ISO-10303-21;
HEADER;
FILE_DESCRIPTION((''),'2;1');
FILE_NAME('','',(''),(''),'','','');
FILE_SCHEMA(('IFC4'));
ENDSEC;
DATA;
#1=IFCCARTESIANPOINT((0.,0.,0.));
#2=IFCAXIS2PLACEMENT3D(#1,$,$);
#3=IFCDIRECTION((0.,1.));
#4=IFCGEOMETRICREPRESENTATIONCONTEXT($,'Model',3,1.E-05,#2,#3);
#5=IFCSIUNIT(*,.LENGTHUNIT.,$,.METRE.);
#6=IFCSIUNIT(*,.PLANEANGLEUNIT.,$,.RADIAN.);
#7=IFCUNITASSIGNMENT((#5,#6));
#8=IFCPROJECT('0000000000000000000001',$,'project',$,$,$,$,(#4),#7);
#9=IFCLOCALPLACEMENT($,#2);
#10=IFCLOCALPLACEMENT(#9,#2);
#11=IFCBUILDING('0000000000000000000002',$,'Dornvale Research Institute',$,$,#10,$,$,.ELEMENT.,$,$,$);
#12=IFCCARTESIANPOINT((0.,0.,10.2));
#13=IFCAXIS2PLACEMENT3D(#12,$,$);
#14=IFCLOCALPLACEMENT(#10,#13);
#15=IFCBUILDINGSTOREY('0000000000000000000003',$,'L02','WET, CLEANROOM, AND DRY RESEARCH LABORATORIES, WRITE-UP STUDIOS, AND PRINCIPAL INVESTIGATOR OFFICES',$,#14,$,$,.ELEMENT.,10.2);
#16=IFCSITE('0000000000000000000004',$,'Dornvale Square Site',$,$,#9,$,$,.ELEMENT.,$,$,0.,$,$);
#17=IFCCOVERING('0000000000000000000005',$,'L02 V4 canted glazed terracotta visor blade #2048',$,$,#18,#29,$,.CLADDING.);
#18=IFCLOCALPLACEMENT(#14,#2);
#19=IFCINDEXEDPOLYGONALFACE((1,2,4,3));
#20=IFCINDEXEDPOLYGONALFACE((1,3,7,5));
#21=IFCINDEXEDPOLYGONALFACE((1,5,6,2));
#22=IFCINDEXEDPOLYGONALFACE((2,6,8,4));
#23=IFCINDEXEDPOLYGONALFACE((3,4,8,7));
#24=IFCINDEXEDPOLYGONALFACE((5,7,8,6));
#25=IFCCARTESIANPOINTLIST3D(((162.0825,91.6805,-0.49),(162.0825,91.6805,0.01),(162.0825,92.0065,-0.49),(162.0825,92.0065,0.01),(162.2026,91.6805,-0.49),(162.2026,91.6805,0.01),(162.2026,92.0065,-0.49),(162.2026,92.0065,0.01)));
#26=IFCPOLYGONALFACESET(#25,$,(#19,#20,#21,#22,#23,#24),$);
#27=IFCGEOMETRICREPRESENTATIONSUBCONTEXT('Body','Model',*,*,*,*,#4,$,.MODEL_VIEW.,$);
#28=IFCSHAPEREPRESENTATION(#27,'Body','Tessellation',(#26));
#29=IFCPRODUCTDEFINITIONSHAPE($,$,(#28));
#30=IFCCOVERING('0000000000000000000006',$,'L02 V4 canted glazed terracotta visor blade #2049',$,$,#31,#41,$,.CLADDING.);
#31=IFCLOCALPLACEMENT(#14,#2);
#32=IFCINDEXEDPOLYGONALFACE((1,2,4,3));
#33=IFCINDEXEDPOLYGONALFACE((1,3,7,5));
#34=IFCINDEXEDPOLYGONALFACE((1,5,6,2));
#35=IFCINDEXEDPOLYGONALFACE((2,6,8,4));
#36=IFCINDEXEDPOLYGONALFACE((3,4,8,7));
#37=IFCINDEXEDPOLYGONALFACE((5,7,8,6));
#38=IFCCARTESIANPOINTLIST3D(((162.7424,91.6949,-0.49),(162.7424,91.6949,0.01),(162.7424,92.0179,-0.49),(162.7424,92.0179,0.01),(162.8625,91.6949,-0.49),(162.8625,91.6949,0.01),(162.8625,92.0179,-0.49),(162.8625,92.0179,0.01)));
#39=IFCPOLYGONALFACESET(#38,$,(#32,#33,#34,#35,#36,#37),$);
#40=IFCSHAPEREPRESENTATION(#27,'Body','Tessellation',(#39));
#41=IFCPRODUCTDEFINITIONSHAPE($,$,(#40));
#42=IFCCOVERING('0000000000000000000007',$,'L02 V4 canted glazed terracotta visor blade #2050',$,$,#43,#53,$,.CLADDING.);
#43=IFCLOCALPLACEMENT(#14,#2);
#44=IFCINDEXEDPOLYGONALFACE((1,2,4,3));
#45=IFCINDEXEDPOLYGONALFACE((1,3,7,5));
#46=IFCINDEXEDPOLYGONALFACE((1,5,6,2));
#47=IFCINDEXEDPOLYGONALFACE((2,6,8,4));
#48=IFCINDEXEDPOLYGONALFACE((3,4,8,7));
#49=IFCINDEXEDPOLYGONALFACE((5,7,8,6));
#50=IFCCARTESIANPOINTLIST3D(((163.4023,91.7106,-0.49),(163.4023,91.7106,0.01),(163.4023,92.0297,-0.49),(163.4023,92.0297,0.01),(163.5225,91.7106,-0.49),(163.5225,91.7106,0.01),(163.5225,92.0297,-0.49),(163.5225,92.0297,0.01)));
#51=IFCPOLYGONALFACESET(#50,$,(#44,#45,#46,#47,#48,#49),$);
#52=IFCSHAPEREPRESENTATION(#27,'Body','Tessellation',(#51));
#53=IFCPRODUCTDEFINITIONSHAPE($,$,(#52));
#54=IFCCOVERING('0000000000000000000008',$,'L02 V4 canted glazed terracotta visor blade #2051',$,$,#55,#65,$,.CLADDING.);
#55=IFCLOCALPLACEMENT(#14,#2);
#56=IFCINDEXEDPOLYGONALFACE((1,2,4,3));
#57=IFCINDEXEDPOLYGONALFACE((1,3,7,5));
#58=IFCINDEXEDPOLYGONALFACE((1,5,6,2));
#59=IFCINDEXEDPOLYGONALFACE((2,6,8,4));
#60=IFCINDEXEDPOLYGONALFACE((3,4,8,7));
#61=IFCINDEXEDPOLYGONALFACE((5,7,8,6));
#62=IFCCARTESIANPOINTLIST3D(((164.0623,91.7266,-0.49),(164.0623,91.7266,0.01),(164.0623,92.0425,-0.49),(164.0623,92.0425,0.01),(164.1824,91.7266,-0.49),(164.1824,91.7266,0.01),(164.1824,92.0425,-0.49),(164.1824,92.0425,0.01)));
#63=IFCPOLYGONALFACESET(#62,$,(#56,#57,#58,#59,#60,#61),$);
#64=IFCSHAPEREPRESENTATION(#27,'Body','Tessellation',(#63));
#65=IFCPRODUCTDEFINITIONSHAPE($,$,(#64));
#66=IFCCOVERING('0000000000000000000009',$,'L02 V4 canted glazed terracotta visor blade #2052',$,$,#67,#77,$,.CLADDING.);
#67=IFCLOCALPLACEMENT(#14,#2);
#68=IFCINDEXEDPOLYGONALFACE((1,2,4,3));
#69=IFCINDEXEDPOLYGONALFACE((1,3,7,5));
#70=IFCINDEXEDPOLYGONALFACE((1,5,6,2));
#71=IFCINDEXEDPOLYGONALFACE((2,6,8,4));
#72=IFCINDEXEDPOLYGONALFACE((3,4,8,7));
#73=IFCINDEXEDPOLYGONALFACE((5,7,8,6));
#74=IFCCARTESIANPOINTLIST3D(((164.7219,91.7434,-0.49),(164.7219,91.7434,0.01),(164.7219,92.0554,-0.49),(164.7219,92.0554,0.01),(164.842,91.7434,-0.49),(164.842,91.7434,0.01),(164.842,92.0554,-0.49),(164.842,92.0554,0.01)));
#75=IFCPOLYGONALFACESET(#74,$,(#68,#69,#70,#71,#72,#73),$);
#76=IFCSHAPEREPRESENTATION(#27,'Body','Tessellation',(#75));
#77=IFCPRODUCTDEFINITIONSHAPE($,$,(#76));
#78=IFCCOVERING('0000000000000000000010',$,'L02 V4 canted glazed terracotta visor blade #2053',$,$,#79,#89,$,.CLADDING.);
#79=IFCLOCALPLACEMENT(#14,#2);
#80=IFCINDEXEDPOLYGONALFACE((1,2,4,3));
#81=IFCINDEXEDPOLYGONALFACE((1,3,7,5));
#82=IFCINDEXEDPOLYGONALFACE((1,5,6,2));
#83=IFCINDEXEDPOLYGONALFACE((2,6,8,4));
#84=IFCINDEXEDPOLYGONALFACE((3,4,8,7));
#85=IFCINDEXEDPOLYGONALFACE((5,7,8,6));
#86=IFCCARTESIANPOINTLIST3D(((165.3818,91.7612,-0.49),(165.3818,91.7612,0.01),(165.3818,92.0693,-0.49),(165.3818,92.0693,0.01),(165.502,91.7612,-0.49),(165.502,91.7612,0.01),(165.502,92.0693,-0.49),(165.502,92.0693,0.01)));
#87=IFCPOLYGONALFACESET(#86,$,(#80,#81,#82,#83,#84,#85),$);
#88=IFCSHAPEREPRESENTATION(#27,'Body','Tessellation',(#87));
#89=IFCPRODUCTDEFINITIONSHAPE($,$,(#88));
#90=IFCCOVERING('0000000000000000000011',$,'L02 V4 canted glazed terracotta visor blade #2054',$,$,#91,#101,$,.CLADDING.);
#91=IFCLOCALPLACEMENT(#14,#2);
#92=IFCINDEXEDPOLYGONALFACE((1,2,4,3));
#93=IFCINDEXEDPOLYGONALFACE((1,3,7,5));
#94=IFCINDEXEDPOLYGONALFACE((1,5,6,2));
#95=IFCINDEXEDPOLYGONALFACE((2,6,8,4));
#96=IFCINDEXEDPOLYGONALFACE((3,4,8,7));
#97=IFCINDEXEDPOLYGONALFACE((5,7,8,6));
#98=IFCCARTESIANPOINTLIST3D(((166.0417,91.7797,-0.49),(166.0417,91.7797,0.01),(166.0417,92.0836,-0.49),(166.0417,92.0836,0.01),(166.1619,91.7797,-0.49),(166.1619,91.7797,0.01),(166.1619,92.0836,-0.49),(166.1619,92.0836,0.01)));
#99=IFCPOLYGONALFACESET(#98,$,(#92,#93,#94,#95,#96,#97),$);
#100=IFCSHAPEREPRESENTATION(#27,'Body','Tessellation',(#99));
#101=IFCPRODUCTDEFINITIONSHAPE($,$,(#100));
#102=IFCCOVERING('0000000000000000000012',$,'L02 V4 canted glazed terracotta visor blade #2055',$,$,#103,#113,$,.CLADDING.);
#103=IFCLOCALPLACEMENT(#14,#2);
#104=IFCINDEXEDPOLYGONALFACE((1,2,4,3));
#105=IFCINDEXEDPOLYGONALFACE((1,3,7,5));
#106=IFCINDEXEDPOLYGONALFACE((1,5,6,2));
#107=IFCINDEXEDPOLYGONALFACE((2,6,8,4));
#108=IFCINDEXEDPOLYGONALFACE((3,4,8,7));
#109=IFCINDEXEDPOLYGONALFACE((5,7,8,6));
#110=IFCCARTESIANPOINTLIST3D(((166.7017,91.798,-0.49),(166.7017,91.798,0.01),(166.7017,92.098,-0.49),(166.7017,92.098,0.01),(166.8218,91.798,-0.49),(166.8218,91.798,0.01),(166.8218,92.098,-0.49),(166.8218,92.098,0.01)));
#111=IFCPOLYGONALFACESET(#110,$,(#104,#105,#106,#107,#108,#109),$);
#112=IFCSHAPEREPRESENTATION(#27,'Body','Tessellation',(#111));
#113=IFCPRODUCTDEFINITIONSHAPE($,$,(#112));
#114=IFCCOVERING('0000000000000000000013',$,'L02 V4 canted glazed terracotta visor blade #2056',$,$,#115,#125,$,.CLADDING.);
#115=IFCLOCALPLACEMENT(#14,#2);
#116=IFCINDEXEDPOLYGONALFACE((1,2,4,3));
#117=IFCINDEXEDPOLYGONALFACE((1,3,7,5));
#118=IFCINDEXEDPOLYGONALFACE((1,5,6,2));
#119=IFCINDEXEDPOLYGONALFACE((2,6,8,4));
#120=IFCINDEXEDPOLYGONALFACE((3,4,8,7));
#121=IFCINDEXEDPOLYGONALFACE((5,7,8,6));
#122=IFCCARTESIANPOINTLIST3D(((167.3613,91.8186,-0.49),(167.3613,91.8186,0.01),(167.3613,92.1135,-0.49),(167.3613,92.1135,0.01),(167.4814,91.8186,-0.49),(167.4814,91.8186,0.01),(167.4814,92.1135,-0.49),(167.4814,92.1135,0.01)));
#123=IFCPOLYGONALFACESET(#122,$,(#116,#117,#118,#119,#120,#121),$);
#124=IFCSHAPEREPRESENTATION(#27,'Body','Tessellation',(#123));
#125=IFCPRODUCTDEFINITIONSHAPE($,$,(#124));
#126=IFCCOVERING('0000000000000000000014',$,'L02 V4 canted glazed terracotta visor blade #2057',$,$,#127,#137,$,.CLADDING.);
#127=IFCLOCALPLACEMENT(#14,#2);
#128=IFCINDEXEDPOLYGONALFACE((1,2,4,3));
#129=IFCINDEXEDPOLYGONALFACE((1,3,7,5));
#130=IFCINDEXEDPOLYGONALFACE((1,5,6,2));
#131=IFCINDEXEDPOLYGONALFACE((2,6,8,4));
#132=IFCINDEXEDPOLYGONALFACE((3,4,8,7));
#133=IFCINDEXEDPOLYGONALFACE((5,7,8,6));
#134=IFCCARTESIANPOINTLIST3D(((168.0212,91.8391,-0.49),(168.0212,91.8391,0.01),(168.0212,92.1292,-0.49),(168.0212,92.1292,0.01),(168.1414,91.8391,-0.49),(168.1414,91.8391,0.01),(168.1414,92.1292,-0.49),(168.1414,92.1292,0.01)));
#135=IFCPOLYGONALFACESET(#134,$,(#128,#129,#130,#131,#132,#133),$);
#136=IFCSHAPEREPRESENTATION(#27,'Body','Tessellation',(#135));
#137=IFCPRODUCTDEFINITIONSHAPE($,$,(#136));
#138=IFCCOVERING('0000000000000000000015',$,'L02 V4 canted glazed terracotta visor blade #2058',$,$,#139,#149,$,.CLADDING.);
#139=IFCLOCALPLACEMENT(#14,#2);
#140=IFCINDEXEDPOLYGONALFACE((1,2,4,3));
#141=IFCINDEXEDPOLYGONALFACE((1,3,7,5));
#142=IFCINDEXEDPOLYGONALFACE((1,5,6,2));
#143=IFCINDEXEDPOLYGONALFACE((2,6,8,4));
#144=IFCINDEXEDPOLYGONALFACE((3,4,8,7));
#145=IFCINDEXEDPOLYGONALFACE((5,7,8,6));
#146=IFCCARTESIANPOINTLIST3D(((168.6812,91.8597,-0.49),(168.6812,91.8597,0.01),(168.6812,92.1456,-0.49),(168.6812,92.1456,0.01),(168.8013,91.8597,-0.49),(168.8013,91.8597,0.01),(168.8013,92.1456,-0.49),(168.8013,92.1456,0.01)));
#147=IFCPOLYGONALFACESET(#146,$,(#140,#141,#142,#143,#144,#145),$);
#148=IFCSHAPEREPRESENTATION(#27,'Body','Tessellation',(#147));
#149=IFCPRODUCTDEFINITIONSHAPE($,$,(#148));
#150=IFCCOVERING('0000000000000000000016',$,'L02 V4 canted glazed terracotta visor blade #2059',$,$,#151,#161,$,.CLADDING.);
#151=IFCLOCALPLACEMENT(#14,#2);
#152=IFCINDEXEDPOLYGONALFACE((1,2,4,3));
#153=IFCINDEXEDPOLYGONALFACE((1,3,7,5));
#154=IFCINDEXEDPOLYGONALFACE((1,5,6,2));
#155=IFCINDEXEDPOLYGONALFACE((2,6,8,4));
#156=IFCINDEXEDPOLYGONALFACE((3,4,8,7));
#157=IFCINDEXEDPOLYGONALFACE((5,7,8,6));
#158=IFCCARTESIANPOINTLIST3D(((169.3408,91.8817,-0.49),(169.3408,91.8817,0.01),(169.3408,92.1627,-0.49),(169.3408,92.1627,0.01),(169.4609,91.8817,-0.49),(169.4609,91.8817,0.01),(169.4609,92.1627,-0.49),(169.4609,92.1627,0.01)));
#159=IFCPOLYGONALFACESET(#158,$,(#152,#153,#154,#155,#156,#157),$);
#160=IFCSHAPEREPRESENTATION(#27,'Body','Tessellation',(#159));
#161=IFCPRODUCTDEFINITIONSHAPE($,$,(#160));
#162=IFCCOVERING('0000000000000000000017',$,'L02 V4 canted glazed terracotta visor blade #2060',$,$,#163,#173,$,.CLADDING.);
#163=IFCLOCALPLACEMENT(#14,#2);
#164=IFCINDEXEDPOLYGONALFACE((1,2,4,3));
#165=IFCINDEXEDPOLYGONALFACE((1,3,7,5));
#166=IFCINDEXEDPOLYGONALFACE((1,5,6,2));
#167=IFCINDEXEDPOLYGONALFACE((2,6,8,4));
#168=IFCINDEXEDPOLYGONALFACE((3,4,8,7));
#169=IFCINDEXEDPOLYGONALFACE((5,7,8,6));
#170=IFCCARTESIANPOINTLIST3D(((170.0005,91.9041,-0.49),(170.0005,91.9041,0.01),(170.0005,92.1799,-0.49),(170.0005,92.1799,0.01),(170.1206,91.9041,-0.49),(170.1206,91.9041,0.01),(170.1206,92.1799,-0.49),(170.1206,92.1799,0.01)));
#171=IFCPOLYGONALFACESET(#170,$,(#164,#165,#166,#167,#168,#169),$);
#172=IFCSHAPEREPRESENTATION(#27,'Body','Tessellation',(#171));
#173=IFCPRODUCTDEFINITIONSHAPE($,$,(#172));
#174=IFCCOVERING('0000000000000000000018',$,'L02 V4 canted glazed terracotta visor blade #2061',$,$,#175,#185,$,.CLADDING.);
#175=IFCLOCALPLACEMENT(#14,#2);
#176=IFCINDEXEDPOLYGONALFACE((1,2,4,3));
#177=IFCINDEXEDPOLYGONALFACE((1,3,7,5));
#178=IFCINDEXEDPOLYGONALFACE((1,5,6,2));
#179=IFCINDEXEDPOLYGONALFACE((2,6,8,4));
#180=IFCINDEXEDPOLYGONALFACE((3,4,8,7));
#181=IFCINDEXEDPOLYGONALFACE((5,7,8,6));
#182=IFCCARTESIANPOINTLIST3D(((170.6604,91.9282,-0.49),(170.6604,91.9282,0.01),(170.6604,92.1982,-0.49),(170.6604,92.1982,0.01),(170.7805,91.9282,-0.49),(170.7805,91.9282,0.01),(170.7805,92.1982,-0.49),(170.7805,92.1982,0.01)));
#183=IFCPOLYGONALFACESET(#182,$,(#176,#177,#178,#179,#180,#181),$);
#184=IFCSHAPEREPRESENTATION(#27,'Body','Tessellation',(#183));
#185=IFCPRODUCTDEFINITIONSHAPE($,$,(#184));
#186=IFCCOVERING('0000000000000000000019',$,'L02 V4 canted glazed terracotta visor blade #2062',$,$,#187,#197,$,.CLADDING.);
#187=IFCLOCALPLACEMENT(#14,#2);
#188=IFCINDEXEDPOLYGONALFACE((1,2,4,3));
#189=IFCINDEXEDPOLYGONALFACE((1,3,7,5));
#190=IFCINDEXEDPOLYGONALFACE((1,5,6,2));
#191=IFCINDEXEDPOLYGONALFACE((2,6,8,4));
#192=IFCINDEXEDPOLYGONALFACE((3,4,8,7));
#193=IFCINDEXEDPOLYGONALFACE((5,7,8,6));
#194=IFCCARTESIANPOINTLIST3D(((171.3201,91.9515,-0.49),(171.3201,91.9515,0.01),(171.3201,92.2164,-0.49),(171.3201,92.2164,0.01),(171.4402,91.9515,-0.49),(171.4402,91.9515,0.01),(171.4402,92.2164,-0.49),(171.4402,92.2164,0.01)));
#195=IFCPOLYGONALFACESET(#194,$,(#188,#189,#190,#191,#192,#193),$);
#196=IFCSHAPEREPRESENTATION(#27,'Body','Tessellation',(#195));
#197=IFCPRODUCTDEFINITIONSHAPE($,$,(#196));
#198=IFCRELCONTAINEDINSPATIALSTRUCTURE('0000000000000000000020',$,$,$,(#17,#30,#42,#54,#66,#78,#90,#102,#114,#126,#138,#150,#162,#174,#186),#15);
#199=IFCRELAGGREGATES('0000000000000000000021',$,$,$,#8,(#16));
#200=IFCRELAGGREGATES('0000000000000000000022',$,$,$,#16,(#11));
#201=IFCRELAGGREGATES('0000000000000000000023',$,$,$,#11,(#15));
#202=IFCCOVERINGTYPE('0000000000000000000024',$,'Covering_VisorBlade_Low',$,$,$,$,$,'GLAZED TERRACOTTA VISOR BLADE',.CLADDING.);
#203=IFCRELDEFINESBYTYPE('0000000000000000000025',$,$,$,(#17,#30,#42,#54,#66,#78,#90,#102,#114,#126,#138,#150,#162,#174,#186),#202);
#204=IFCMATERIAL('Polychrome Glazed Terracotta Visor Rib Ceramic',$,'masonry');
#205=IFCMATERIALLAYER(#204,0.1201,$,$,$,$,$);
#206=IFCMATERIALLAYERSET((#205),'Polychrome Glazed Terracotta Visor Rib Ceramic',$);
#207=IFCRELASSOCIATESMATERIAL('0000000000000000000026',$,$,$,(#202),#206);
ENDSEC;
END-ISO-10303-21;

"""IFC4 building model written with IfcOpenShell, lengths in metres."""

from ifc_helpers import new_model, si_unit, direction, frame, origin, origin_2d, place, context, subcontext, project, spatial, rectangle, extrude, material, layer, layer_set, type_object, element, save


model = new_model("IFC4")

# Units and contexts
model_context = context("Model", 3, precision=1e-05, world=origin(), true_north=direction((0.0, 1.0)))
body_context = subcontext(model_context, "Body", "Model", "MODEL_VIEW")
ifc_project = project(units=[si_unit("LENGTHUNIT", "METRE"), si_unit("PLANEANGLEUNIT", "RADIAN")], contexts=[model_context])

# Site, building, storey
site_placement = place(None, origin())
site = spatial("IfcSite", under=ifc_project, at=site_placement, Name="Dornvale Square Site", CompositionType="ELEMENT", RefElevation=0.0)
building_placement = place(site_placement, origin())
building = spatial("IfcBuilding", under=site, at=building_placement, Name="Dornvale Research Institute", CompositionType="ELEMENT")
storey_placement = place(building_placement, frame((0.0, 0.0, 10.2)))
storey = spatial("IfcBuildingStorey", under=building, at=storey_placement, Name="L02", Description="WET, CLEANROOM, AND DRY RESEARCH LABORATORIES, WRITE-UP STUDIOS, AND PRINCIPAL INVESTIGATOR OFFICES", CompositionType="ELEMENT", Elevation=10.2)

# Coverings
ifc_material = material(Name="Polychrome Glazed Terracotta Visor Rib Ceramic", Category="masonry")
ifc_layer = layer(ifc_material, 0.1201)
ifc_layer_set = layer_set([ifc_layer], Name="Polychrome Glazed Terracotta Visor Rib Ceramic")
covering_type = type_object("IfcCoveringType", Name="Covering_VisorBlade_Low", ElementType="GLAZED TERRACOTTA VISOR BLADE", PredefinedType="CLADDING", material=ifc_layer_set)
covering_1_placement = place(storey_placement, frame((162.1426, 91.8435, -0.49), z_axis=(0.0, 0.0, 1.0), x_axis=(0.0, 1.0, 0.0)))
element("IfcCovering", 1, at=covering_1_placement, inside=storey, type_object=covering_type, Name="L02 V4 canted glazed terracotta visor blade #2048", PredefinedType="CLADDING", context=body_context, shape_type="SweptSolid", body=[
    extrude(rectangle(XDim=0.3259, YDim=0.1201, at=origin_2d()), origin(), (0.0, 0.0, 1.0), 0.5),
])
covering_2_placement = place(storey_placement, frame((162.8025, 91.8564, -0.49), z_axis=(0.0, 0.0, 1.0), x_axis=(0.0, 1.0, 0.0)))
element("IfcCovering", 2, at=covering_2_placement, inside=storey, type_object=covering_type, Name="L02 V4 canted glazed terracotta visor blade #2049", PredefinedType="CLADDING", context=body_context, shape_type="SweptSolid", body=[
    extrude(rectangle(XDim=0.323, YDim=0.1201, at=origin_2d()), origin(), (0.0, 0.0, 1.0), 0.5),
])
covering_3_placement = place(storey_placement, frame((163.4624, 91.8701, -0.49), z_axis=(0.0, 0.0, 1.0), x_axis=(0.0, 1.0, 0.0)))
element("IfcCovering", 3, at=covering_3_placement, inside=storey, type_object=covering_type, Name="L02 V4 canted glazed terracotta visor blade #2050", PredefinedType="CLADDING", context=body_context, shape_type="SweptSolid", body=[
    extrude(rectangle(XDim=0.3191, YDim=0.1201, at=origin_2d()), origin(), (0.0, 0.0, 1.0), 0.5),
])
covering_4_placement = place(storey_placement, frame((164.1223, 91.8845, -0.49), z_axis=(0.0, 0.0, 1.0), x_axis=(0.0, 1.0, 0.0)))
element("IfcCovering", 4, at=covering_4_placement, inside=storey, type_object=covering_type, Name="L02 V4 canted glazed terracotta visor blade #2051", PredefinedType="CLADDING", context=body_context, shape_type="SweptSolid", body=[
    extrude(rectangle(XDim=0.3159, YDim=0.1201, at=origin_2d()), origin(), (0.0, 0.0, 1.0), 0.5),
])
covering_5_placement = place(storey_placement, frame((164.782, 91.8994, -0.49), z_axis=(0.0, 0.0, 1.0), x_axis=(0.0, 1.0, 0.0)))
element("IfcCovering", 5, at=covering_5_placement, inside=storey, type_object=covering_type, Name="L02 V4 canted glazed terracotta visor blade #2052", PredefinedType="CLADDING", context=body_context, shape_type="SweptSolid", body=[
    extrude(rectangle(XDim=0.312, YDim=0.1201, at=origin_2d()), origin(), (0.0, 0.0, 1.0), 0.5),
])
covering_6_placement = place(storey_placement, frame((165.4419, 91.9153, -0.49), z_axis=(0.0, 0.0, 1.0), x_axis=(0.0, 1.0, 0.0)))
element("IfcCovering", 6, at=covering_6_placement, inside=storey, type_object=covering_type, Name="L02 V4 canted glazed terracotta visor blade #2053", PredefinedType="CLADDING", context=body_context, shape_type="SweptSolid", body=[
    extrude(rectangle(XDim=0.3081, YDim=0.1201, at=origin_2d()), origin(), (0.0, 0.0, 1.0), 0.5),
])
covering_7_placement = place(storey_placement, frame((166.1018, 91.9316, -0.49), z_axis=(0.0, 0.0, 1.0), x_axis=(0.0, 1.0, 0.0)))
element("IfcCovering", 7, at=covering_7_placement, inside=storey, type_object=covering_type, Name="L02 V4 canted glazed terracotta visor blade #2054", PredefinedType="CLADDING", context=body_context, shape_type="SweptSolid", body=[
    extrude(rectangle(XDim=0.304, YDim=0.1201, at=origin_2d()), origin(), (0.0, 0.0, 1.0), 0.5),
])
covering_8_placement = place(storey_placement, frame((166.7617, 91.948, -0.49), z_axis=(0.0, 0.0, 1.0), x_axis=(0.0, 1.0, 0.0)))
element("IfcCovering", 8, at=covering_8_placement, inside=storey, type_object=covering_type, Name="L02 V4 canted glazed terracotta visor blade #2055", PredefinedType="CLADDING", context=body_context, shape_type="SweptSolid", body=[
    extrude(rectangle(XDim=0.3, YDim=0.1201, at=origin_2d()), origin(), (0.0, 0.0, 1.0), 0.5),
])
covering_9_placement = place(storey_placement, frame((167.4214, 91.9661, -0.49), z_axis=(0.0, 0.0, 1.0), x_axis=(0.0, 1.0, 0.0)))
element("IfcCovering", 9, at=covering_9_placement, inside=storey, type_object=covering_type, Name="L02 V4 canted glazed terracotta visor blade #2056", PredefinedType="CLADDING", context=body_context, shape_type="SweptSolid", body=[
    extrude(rectangle(XDim=0.2949, YDim=0.1201, at=origin_2d()), origin(), (0.0, 0.0, 1.0), 0.5),
])
covering_10_placement = place(storey_placement, frame((168.0813, 91.9841, -0.49), z_axis=(0.0, 0.0, 1.0), x_axis=(0.0, 1.0, 0.0)))
element("IfcCovering", 10, at=covering_10_placement, inside=storey, type_object=covering_type, Name="L02 V4 canted glazed terracotta visor blade #2057", PredefinedType="CLADDING", context=body_context, shape_type="SweptSolid", body=[
    extrude(rectangle(XDim=0.29, YDim=0.1201, at=origin_2d()), origin(), (0.0, 0.0, 1.0), 0.5),
])
covering_11_placement = place(storey_placement, frame((168.7412, 92.0027, -0.49), z_axis=(0.0, 0.0, 1.0), x_axis=(0.0, 1.0, 0.0)))
element("IfcCovering", 11, at=covering_11_placement, inside=storey, type_object=covering_type, Name="L02 V4 canted glazed terracotta visor blade #2058", PredefinedType="CLADDING", context=body_context, shape_type="SweptSolid", body=[
    extrude(rectangle(XDim=0.2859, YDim=0.1201, at=origin_2d()), origin(), (0.0, 0.0, 1.0), 0.5),
])
covering_12_placement = place(storey_placement, frame((169.4009, 92.0222, -0.49), z_axis=(0.0, 0.0, 1.0), x_axis=(0.0, 1.0, 0.0)))
element("IfcCovering", 12, at=covering_12_placement, inside=storey, type_object=covering_type, Name="L02 V4 canted glazed terracotta visor blade #2059", PredefinedType="CLADDING", context=body_context, shape_type="SweptSolid", body=[
    extrude(rectangle(XDim=0.281, YDim=0.1201, at=origin_2d()), origin(), (0.0, 0.0, 1.0), 0.5),
])
covering_13_placement = place(storey_placement, frame((170.0605, 92.042, -0.49), z_axis=(0.0, 0.0, 1.0), x_axis=(0.0, 1.0, 0.0)))
element("IfcCovering", 13, at=covering_13_placement, inside=storey, type_object=covering_type, Name="L02 V4 canted glazed terracotta visor blade #2060", PredefinedType="CLADDING", context=body_context, shape_type="SweptSolid", body=[
    extrude(rectangle(XDim=0.2759, YDim=0.1201, at=origin_2d()), origin(), (0.0, 0.0, 1.0), 0.5),
])
covering_14_placement = place(storey_placement, frame((170.7205, 92.0632, -0.49), z_axis=(0.0, 0.0, 1.0), x_axis=(0.0, 1.0, 0.0)))
element("IfcCovering", 14, at=covering_14_placement, inside=storey, type_object=covering_type, Name="L02 V4 canted glazed terracotta visor blade #2061", PredefinedType="CLADDING", context=body_context, shape_type="SweptSolid", body=[
    extrude(rectangle(XDim=0.27, YDim=0.1201, at=origin_2d()), origin(), (0.0, 0.0, 1.0), 0.5),
])
covering_15_placement = place(storey_placement, frame((171.3801, 92.084, -0.49), z_axis=(0.0, 0.0, 1.0), x_axis=(0.0, 1.0, 0.0)))
element("IfcCovering", 15, at=covering_15_placement, inside=storey, type_object=covering_type, Name="L02 V4 canted glazed terracotta visor blade #2062", PredefinedType="CLADDING", context=body_context, shape_type="SweptSolid", body=[
    extrude(rectangle(XDim=0.2649, YDim=0.1201, at=origin_2d()), origin(), (0.0, 0.0, 1.0), 0.5),
])

save(model, "model.ifc")
